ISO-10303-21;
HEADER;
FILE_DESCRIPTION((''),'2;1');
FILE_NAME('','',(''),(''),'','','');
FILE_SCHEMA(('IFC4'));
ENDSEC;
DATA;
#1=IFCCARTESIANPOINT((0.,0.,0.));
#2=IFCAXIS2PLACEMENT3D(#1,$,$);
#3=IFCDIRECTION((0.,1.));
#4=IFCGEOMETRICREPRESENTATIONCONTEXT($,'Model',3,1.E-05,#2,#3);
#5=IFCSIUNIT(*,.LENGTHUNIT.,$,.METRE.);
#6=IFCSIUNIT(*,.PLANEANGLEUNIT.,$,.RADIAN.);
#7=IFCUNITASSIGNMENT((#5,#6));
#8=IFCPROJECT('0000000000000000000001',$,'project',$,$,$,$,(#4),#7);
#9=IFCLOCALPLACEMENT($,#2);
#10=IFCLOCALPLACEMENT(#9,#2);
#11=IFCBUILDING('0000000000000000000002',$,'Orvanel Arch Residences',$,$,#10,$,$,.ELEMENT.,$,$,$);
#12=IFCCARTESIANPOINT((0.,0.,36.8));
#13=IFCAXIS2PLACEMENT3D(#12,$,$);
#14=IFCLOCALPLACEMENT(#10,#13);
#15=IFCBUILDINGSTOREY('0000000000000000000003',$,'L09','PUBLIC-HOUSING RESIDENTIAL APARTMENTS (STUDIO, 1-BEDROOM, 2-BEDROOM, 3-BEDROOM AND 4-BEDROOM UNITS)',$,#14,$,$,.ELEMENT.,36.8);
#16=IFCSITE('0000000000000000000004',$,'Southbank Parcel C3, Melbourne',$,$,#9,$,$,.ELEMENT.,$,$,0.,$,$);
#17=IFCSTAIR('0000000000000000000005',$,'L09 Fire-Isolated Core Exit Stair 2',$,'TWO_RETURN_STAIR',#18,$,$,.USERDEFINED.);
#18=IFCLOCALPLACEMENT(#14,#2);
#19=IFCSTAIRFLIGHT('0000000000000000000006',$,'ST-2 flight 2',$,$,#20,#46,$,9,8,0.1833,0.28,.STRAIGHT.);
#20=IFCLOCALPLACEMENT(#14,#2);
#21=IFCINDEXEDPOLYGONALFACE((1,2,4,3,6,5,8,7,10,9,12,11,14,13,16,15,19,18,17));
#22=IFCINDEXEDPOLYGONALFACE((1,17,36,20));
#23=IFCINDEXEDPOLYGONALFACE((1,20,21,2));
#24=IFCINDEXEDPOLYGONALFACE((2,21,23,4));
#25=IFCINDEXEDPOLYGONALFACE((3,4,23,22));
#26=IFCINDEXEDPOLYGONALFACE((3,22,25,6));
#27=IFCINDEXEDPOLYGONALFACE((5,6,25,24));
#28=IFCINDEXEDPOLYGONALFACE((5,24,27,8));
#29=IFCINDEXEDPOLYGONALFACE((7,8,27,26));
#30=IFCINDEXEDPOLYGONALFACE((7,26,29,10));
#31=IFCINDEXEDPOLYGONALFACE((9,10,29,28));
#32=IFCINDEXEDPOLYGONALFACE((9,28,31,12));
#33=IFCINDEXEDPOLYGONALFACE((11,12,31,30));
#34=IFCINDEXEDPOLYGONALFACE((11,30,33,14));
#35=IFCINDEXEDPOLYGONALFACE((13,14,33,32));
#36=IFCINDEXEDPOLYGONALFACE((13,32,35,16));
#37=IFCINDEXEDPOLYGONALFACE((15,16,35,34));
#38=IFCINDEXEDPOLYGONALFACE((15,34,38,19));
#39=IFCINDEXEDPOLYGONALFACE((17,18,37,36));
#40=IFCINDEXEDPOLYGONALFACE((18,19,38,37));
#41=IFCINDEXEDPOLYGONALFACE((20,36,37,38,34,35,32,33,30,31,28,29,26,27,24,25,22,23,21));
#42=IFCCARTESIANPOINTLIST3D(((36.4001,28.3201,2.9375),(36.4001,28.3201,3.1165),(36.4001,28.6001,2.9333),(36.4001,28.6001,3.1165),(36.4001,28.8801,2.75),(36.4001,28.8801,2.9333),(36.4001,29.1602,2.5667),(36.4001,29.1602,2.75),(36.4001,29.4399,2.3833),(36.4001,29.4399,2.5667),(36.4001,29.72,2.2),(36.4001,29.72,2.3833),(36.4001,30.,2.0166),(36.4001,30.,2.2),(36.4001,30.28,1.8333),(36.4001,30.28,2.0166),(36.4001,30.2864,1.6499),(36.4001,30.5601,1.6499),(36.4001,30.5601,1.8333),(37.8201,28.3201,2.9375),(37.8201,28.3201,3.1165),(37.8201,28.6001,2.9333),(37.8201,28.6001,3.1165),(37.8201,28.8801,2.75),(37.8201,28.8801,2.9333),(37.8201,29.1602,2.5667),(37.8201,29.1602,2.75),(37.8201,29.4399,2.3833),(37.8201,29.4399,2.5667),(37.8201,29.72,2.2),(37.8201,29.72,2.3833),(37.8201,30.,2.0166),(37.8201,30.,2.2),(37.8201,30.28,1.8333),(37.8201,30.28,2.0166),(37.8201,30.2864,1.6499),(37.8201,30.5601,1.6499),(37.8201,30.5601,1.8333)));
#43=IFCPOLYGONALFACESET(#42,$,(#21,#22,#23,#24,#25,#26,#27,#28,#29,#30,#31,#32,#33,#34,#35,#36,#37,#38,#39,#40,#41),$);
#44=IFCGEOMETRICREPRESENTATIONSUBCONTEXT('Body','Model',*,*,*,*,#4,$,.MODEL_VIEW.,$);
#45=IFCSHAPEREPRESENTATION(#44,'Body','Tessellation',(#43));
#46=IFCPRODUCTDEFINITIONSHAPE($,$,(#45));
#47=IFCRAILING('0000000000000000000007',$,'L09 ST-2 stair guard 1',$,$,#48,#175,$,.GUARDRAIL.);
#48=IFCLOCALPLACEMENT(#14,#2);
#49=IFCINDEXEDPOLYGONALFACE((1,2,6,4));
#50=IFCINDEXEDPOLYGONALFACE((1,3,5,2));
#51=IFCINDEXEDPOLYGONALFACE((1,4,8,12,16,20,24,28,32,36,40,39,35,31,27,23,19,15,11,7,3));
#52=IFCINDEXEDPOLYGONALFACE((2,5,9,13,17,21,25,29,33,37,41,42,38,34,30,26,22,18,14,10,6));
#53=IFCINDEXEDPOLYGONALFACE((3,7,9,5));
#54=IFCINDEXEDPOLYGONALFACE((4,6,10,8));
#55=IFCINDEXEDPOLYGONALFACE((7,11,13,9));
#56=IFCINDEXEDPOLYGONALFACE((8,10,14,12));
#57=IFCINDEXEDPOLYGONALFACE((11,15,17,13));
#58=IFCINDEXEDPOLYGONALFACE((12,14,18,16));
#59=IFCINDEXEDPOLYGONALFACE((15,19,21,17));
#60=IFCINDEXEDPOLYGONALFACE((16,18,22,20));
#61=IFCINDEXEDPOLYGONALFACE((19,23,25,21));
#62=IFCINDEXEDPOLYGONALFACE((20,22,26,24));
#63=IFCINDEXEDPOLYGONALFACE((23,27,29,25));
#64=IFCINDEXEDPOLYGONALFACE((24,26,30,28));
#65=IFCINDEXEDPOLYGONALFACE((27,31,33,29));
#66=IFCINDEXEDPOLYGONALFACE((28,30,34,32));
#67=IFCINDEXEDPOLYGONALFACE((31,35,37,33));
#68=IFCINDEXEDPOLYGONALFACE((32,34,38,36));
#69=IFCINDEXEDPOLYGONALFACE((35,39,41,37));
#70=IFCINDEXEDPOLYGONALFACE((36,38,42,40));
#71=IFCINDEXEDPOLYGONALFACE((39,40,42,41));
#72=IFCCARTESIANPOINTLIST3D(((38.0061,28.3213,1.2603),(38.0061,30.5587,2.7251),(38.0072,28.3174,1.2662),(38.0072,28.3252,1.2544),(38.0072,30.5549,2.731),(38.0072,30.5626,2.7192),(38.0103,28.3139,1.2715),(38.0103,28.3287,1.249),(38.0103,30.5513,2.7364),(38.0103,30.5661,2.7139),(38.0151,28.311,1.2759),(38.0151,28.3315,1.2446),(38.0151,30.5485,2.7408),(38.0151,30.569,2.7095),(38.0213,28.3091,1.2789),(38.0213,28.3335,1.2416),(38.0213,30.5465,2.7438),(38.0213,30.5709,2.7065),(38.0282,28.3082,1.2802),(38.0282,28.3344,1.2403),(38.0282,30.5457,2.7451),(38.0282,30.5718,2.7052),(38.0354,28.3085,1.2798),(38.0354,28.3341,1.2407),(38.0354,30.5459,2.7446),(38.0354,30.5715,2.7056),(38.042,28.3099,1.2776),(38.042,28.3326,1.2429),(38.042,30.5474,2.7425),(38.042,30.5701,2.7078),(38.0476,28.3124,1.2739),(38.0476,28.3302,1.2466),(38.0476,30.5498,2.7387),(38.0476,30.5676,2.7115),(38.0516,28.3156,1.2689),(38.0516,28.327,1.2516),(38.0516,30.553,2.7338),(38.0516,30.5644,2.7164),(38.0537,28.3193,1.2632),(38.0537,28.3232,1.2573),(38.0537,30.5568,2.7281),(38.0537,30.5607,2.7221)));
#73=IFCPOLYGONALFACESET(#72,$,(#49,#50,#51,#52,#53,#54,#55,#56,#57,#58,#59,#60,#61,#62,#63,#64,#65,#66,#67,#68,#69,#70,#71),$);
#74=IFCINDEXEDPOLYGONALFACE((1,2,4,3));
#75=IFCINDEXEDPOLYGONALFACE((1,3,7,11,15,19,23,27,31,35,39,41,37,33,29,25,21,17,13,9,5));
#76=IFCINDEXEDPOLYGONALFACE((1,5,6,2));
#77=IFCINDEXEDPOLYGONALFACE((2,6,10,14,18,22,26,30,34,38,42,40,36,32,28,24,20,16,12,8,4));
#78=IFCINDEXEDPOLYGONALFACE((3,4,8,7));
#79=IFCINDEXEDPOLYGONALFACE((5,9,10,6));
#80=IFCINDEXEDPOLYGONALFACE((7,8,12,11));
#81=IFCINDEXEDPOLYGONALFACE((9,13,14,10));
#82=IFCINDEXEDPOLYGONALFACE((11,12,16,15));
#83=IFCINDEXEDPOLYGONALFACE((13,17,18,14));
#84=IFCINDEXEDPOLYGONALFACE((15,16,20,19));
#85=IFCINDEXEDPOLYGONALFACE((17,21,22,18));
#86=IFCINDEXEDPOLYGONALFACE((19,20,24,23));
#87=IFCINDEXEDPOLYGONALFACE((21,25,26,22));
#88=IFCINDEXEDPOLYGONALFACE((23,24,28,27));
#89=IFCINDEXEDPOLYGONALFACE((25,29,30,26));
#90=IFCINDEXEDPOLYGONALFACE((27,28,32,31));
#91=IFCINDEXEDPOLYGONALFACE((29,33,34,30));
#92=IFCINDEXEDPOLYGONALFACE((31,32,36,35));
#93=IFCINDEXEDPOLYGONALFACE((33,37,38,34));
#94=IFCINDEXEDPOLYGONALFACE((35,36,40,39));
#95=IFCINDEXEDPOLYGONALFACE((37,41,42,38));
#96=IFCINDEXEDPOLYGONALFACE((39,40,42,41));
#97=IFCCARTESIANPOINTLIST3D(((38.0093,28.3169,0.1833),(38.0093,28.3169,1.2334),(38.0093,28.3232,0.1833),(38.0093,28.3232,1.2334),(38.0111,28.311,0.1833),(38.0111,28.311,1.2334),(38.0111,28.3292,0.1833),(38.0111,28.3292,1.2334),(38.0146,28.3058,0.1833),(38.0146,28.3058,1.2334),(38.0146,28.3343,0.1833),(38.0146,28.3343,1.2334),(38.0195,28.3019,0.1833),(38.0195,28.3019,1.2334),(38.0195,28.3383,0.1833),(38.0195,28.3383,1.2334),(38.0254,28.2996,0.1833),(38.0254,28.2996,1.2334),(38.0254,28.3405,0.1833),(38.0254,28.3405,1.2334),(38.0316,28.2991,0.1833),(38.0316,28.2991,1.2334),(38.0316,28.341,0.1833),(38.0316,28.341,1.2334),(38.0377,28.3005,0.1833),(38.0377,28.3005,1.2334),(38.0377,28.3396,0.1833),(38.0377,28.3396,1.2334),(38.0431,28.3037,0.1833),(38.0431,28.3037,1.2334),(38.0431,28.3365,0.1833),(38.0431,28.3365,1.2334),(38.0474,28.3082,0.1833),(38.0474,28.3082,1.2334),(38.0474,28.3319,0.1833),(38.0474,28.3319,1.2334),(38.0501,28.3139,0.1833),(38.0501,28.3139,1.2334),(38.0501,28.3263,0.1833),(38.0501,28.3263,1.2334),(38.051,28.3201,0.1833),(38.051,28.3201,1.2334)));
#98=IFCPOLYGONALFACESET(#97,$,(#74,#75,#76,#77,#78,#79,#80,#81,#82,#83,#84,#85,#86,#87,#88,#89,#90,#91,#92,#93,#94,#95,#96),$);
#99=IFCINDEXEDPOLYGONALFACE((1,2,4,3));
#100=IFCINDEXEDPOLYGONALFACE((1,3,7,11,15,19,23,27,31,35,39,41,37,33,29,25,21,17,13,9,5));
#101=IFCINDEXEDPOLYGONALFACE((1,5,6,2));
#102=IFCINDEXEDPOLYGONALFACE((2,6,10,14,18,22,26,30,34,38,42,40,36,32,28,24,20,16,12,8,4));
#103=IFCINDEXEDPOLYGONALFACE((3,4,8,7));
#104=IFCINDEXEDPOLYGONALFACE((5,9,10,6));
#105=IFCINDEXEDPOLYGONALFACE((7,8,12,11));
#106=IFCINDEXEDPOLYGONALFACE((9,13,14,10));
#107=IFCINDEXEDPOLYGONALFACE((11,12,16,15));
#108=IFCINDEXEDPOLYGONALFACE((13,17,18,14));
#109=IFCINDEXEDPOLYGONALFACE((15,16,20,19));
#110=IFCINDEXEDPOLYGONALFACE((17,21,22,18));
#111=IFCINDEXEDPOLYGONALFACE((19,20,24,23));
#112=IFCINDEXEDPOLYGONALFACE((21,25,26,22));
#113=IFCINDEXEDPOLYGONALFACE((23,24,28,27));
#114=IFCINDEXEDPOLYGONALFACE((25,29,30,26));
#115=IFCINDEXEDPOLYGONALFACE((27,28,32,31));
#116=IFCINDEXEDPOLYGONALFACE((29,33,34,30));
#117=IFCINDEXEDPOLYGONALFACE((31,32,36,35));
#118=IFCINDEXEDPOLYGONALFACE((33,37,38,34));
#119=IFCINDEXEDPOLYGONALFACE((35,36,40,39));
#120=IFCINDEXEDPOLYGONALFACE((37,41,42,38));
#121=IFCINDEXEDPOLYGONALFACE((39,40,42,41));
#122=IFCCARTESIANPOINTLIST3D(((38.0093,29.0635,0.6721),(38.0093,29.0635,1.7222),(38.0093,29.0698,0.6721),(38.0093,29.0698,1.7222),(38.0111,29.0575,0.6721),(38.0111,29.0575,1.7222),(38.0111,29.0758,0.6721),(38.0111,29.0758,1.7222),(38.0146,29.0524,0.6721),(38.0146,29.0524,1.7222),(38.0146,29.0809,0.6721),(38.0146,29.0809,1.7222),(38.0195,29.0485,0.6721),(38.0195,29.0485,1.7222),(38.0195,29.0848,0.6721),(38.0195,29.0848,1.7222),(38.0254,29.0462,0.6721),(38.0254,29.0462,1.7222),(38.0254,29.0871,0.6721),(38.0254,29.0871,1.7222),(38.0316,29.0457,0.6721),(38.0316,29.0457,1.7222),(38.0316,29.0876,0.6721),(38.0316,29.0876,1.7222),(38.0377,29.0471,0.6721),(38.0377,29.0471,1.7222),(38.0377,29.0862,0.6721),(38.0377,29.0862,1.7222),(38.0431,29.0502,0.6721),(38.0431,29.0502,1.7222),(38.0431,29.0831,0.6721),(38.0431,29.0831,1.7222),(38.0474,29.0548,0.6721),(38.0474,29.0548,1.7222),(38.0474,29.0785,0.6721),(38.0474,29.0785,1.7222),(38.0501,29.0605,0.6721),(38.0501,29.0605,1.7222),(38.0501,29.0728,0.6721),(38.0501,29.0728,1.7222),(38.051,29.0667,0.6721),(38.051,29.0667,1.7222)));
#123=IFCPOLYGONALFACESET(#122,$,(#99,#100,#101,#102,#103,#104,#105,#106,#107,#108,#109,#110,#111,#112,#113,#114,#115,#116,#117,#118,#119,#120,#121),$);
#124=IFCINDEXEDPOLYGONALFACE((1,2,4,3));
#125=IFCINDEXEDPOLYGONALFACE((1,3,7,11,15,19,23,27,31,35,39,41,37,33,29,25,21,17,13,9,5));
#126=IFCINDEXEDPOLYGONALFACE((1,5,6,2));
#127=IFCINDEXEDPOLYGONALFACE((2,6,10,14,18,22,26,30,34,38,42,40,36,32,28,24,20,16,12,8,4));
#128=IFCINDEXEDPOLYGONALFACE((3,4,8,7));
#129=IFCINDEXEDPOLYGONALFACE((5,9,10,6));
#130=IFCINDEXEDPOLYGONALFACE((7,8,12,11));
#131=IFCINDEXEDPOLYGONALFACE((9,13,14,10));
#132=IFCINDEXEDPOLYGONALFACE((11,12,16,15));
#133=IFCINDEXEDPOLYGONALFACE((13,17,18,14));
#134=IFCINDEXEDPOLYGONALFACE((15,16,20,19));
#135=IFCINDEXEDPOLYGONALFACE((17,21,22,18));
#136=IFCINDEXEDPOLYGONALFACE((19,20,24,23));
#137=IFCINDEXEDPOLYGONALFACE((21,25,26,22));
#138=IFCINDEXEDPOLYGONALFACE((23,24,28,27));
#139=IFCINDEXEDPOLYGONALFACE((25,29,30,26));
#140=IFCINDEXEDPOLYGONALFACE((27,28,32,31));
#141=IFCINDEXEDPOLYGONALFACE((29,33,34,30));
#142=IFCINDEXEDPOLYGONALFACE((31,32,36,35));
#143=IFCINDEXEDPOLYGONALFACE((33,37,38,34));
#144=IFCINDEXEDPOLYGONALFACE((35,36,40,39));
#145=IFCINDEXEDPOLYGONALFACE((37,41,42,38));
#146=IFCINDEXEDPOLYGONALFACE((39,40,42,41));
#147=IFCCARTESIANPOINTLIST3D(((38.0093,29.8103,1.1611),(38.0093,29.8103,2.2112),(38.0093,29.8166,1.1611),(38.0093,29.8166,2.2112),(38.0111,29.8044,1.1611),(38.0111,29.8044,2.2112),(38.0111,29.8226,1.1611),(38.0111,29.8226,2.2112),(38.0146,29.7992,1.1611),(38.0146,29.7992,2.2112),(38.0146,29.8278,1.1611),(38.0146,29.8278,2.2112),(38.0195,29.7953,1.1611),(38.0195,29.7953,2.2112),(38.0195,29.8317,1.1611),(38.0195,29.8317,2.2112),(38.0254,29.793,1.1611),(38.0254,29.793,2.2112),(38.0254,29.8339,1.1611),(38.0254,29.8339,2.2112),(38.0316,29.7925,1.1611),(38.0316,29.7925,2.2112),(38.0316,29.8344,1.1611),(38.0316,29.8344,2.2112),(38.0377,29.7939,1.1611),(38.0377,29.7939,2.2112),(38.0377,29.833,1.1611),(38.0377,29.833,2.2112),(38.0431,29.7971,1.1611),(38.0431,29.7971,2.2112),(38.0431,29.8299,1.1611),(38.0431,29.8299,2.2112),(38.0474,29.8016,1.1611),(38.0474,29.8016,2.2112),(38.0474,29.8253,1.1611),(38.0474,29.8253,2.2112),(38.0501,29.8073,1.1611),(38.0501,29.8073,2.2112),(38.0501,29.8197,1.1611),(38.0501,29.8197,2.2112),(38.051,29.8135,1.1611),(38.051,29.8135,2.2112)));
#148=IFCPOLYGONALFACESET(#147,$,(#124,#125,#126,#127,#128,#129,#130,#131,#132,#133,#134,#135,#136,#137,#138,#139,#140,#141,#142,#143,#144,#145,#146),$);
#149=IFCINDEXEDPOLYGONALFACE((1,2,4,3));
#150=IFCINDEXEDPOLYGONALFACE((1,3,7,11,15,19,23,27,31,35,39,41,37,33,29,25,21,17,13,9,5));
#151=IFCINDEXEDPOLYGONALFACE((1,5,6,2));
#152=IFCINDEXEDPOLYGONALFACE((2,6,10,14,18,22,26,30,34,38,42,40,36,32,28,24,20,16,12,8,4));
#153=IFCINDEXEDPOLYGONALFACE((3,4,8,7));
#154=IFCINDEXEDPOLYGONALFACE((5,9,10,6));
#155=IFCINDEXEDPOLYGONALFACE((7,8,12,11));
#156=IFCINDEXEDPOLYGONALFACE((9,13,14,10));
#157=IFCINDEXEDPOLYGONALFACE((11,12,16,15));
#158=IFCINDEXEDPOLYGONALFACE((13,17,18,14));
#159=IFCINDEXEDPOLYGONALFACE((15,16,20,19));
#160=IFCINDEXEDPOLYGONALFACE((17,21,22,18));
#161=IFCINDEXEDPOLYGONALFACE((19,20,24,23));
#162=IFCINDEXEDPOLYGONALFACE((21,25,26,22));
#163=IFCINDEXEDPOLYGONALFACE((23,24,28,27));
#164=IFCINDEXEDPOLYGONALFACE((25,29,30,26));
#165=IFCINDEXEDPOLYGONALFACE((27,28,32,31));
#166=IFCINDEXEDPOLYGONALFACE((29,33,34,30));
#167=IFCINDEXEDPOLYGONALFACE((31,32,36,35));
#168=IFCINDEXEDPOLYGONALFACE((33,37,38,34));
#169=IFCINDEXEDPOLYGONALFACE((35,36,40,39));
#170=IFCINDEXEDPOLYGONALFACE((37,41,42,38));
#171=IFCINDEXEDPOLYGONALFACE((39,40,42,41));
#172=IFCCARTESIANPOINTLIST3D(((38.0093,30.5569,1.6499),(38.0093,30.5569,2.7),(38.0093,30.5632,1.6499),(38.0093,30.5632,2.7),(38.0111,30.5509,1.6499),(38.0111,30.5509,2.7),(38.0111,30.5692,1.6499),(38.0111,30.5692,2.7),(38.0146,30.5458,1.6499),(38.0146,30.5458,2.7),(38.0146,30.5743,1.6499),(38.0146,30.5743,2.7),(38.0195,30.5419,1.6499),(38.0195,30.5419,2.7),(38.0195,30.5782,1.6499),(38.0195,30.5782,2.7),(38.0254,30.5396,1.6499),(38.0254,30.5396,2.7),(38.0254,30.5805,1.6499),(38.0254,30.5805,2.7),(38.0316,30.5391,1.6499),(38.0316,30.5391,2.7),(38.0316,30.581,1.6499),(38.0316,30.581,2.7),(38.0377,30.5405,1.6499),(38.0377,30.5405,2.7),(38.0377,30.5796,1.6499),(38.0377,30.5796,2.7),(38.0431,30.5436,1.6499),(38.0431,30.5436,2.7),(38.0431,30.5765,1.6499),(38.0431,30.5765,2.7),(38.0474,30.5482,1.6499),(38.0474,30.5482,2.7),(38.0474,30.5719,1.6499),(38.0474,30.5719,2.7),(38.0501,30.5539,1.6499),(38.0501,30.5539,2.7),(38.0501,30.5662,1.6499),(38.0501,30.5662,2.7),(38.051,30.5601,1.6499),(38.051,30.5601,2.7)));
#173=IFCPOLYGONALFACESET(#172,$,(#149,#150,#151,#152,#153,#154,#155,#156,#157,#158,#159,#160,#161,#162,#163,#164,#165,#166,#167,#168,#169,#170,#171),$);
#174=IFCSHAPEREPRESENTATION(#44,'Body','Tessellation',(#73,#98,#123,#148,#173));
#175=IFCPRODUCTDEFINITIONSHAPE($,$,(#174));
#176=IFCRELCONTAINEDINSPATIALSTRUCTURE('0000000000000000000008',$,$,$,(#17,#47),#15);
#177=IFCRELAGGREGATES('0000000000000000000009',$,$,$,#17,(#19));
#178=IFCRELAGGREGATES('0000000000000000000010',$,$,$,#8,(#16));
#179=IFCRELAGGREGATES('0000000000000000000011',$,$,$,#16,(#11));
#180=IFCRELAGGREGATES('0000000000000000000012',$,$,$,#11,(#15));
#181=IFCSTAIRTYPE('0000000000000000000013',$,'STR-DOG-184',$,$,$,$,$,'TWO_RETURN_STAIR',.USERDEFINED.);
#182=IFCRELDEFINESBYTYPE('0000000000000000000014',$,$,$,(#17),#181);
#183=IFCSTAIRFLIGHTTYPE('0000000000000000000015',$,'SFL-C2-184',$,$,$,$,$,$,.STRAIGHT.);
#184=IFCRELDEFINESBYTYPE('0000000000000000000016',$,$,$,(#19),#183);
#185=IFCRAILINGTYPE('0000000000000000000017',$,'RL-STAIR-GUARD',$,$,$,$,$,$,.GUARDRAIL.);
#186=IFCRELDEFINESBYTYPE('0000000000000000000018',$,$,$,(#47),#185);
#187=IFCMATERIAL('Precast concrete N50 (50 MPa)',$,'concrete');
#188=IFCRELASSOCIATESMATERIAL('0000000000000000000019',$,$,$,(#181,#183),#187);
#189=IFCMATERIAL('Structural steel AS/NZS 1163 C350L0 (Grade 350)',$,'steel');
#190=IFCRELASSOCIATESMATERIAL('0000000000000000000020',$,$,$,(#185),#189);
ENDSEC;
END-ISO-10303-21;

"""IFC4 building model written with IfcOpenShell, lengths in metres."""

from ifc_helpers import new_model, si_unit, direction, frame, origin, origin_2d, place, context, subcontext, project, spatial, polyline, circle, outline, extrude, material, type_object, element, aggregate, save


model = new_model("IFC4")

# Units and contexts
model_context = context("Model", 3, precision=1e-05, world=origin(), true_north=direction((0.0, 1.0)))
body_context = subcontext(model_context, "Body", "Model", "MODEL_VIEW")
ifc_project = project(units=[si_unit("LENGTHUNIT", "METRE"), si_unit("PLANEANGLEUNIT", "RADIAN")], contexts=[model_context])

# Site, building, storey
site_placement = place(None, origin())
site = spatial("IfcSite", under=ifc_project, at=site_placement, Name="Southbank Parcel C3, Melbourne", CompositionType="ELEMENT", RefElevation=0.0)
building_placement = place(site_placement, origin())
building = spatial("IfcBuilding", under=site, at=building_placement, Name="Orvanel Arch Residences", CompositionType="ELEMENT")
storey_placement = place(building_placement, frame((0.0, 0.0, 36.8)))
storey = spatial("IfcBuildingStorey", under=building, at=storey_placement, Name="L09", Description="PUBLIC-HOUSING RESIDENTIAL APARTMENTS (STUDIO, 1-BEDROOM, 2-BEDROOM, 3-BEDROOM AND 4-BEDROOM UNITS)", CompositionType="ELEMENT", Elevation=36.8)

# Stair, stair flight
ifc_material_1 = material(Name="Precast concrete N50 (50 MPa)", Category="concrete")
stair_type = type_object("IfcStairType", Name="STR-DOG-184", ElementType="TWO_RETURN_STAIR", PredefinedType="USERDEFINED", material=ifc_material_1)
stair_placement = place(storey_placement, origin())
stair = element("IfcStair", 1, at=stair_placement, inside=storey, type_object=stair_type, Name="L09 Fire-Isolated Core Exit Stair 2", ObjectType="TWO_RETURN_STAIR", PredefinedType="USERDEFINED")
stair_flight_type = type_object("IfcStairFlightType", Name="SFL-C2-184", PredefinedType="STRAIGHT", material=ifc_material_1)
stair_flight_1_placement = place(storey_placement, frame((37.1101, 30.5601, 1.6499), z_axis=(0.0, 0.0, 1.0), x_axis=(0.0, -1.0, 0.0)))
stair_flight_1 = element("IfcStairFlight", 2, at=stair_flight_1_placement, type_object=stair_flight_type, Name="ST-2 flight 2", NumberOfRisers=9, NumberOfTreads=8, PredefinedType="STRAIGHT", RiserHeight=0.1833, TreadLength=0.28, context=body_context, shape_type="SweptSolid", body=[
    extrude(outline(polyline([(0.0, 0.0), (0.0, 0.1833), (0.28, 0.1833), (0.28, 0.3667), (0.5601, 0.3667), (0.5601, 0.55), (0.8401, 0.55), (0.8401, 0.7334), (1.1201, 0.7334), (1.1201, 0.9167), (1.3999, 0.9167), (1.3999, 1.1001), (1.6799, 1.1001), (1.6799, 1.2834), (1.96, 1.2834), (1.96, 1.4666), (2.24, 1.4666), (2.24, 1.6499), (2.24, 1.2876), (0.2737, 0.0), (0.0, 0.0)])), frame((0.0, 0.71, 0.0), z_axis=(0.0, -1.0, 0.0), x_axis=(1.0, 0.0, 0.0)), (0.0, 0.0, 1.0), 1.4199),
])
aggregate(stair, [stair_flight_1])

# Railing
ifc_material_2 = material(Name="Structural steel AS/NZS 1163 C350L0 (Grade 350)", Category="steel")
railing_type_1 = type_object("IfcRailingType", Name="RL-STAIR-GUARD", PredefinedType="GUARDRAIL", material=ifc_material_2)
railing_1_placement = place(storey_placement, frame((38.03, 28.3201, 0.1833)))
element("IfcRailing", 3, at=railing_1_placement, inside=storey, type_object=railing_type_1, Name="L09 ST-2 stair guard 1", PredefinedType="GUARDRAIL", context=body_context, shape_type="SweptSolid", body=[
    extrude(circle(Radius=0.0239, at=origin_2d()), frame((0.0, 0.0012, 1.0769), z_axis=(0.0, 0.836637, 0.547758), x_axis=(-1.0, 0.0, 0.0)), (0.0, 0.0, 1.0), 2.6743),
    extrude(circle(Radius=0.021, at=origin_2d()), origin(), (0.0, 0.0, 1.0), 1.05),
    extrude(circle(Radius=0.021, at=origin_2d()), frame((0.0, 0.7466, 0.4888)), (0.0, 0.0, 1.0), 1.05),
    extrude(circle(Radius=0.021, at=origin_2d()), frame((0.0, 1.4934, 0.9778)), (0.0, 0.0, 1.0), 1.05),
    extrude(circle(Radius=0.021, at=origin_2d()), frame((0.0, 2.24, 1.4666)), (0.0, 0.0, 1.0), 1.05),
])

save(model, "model.ifc")
